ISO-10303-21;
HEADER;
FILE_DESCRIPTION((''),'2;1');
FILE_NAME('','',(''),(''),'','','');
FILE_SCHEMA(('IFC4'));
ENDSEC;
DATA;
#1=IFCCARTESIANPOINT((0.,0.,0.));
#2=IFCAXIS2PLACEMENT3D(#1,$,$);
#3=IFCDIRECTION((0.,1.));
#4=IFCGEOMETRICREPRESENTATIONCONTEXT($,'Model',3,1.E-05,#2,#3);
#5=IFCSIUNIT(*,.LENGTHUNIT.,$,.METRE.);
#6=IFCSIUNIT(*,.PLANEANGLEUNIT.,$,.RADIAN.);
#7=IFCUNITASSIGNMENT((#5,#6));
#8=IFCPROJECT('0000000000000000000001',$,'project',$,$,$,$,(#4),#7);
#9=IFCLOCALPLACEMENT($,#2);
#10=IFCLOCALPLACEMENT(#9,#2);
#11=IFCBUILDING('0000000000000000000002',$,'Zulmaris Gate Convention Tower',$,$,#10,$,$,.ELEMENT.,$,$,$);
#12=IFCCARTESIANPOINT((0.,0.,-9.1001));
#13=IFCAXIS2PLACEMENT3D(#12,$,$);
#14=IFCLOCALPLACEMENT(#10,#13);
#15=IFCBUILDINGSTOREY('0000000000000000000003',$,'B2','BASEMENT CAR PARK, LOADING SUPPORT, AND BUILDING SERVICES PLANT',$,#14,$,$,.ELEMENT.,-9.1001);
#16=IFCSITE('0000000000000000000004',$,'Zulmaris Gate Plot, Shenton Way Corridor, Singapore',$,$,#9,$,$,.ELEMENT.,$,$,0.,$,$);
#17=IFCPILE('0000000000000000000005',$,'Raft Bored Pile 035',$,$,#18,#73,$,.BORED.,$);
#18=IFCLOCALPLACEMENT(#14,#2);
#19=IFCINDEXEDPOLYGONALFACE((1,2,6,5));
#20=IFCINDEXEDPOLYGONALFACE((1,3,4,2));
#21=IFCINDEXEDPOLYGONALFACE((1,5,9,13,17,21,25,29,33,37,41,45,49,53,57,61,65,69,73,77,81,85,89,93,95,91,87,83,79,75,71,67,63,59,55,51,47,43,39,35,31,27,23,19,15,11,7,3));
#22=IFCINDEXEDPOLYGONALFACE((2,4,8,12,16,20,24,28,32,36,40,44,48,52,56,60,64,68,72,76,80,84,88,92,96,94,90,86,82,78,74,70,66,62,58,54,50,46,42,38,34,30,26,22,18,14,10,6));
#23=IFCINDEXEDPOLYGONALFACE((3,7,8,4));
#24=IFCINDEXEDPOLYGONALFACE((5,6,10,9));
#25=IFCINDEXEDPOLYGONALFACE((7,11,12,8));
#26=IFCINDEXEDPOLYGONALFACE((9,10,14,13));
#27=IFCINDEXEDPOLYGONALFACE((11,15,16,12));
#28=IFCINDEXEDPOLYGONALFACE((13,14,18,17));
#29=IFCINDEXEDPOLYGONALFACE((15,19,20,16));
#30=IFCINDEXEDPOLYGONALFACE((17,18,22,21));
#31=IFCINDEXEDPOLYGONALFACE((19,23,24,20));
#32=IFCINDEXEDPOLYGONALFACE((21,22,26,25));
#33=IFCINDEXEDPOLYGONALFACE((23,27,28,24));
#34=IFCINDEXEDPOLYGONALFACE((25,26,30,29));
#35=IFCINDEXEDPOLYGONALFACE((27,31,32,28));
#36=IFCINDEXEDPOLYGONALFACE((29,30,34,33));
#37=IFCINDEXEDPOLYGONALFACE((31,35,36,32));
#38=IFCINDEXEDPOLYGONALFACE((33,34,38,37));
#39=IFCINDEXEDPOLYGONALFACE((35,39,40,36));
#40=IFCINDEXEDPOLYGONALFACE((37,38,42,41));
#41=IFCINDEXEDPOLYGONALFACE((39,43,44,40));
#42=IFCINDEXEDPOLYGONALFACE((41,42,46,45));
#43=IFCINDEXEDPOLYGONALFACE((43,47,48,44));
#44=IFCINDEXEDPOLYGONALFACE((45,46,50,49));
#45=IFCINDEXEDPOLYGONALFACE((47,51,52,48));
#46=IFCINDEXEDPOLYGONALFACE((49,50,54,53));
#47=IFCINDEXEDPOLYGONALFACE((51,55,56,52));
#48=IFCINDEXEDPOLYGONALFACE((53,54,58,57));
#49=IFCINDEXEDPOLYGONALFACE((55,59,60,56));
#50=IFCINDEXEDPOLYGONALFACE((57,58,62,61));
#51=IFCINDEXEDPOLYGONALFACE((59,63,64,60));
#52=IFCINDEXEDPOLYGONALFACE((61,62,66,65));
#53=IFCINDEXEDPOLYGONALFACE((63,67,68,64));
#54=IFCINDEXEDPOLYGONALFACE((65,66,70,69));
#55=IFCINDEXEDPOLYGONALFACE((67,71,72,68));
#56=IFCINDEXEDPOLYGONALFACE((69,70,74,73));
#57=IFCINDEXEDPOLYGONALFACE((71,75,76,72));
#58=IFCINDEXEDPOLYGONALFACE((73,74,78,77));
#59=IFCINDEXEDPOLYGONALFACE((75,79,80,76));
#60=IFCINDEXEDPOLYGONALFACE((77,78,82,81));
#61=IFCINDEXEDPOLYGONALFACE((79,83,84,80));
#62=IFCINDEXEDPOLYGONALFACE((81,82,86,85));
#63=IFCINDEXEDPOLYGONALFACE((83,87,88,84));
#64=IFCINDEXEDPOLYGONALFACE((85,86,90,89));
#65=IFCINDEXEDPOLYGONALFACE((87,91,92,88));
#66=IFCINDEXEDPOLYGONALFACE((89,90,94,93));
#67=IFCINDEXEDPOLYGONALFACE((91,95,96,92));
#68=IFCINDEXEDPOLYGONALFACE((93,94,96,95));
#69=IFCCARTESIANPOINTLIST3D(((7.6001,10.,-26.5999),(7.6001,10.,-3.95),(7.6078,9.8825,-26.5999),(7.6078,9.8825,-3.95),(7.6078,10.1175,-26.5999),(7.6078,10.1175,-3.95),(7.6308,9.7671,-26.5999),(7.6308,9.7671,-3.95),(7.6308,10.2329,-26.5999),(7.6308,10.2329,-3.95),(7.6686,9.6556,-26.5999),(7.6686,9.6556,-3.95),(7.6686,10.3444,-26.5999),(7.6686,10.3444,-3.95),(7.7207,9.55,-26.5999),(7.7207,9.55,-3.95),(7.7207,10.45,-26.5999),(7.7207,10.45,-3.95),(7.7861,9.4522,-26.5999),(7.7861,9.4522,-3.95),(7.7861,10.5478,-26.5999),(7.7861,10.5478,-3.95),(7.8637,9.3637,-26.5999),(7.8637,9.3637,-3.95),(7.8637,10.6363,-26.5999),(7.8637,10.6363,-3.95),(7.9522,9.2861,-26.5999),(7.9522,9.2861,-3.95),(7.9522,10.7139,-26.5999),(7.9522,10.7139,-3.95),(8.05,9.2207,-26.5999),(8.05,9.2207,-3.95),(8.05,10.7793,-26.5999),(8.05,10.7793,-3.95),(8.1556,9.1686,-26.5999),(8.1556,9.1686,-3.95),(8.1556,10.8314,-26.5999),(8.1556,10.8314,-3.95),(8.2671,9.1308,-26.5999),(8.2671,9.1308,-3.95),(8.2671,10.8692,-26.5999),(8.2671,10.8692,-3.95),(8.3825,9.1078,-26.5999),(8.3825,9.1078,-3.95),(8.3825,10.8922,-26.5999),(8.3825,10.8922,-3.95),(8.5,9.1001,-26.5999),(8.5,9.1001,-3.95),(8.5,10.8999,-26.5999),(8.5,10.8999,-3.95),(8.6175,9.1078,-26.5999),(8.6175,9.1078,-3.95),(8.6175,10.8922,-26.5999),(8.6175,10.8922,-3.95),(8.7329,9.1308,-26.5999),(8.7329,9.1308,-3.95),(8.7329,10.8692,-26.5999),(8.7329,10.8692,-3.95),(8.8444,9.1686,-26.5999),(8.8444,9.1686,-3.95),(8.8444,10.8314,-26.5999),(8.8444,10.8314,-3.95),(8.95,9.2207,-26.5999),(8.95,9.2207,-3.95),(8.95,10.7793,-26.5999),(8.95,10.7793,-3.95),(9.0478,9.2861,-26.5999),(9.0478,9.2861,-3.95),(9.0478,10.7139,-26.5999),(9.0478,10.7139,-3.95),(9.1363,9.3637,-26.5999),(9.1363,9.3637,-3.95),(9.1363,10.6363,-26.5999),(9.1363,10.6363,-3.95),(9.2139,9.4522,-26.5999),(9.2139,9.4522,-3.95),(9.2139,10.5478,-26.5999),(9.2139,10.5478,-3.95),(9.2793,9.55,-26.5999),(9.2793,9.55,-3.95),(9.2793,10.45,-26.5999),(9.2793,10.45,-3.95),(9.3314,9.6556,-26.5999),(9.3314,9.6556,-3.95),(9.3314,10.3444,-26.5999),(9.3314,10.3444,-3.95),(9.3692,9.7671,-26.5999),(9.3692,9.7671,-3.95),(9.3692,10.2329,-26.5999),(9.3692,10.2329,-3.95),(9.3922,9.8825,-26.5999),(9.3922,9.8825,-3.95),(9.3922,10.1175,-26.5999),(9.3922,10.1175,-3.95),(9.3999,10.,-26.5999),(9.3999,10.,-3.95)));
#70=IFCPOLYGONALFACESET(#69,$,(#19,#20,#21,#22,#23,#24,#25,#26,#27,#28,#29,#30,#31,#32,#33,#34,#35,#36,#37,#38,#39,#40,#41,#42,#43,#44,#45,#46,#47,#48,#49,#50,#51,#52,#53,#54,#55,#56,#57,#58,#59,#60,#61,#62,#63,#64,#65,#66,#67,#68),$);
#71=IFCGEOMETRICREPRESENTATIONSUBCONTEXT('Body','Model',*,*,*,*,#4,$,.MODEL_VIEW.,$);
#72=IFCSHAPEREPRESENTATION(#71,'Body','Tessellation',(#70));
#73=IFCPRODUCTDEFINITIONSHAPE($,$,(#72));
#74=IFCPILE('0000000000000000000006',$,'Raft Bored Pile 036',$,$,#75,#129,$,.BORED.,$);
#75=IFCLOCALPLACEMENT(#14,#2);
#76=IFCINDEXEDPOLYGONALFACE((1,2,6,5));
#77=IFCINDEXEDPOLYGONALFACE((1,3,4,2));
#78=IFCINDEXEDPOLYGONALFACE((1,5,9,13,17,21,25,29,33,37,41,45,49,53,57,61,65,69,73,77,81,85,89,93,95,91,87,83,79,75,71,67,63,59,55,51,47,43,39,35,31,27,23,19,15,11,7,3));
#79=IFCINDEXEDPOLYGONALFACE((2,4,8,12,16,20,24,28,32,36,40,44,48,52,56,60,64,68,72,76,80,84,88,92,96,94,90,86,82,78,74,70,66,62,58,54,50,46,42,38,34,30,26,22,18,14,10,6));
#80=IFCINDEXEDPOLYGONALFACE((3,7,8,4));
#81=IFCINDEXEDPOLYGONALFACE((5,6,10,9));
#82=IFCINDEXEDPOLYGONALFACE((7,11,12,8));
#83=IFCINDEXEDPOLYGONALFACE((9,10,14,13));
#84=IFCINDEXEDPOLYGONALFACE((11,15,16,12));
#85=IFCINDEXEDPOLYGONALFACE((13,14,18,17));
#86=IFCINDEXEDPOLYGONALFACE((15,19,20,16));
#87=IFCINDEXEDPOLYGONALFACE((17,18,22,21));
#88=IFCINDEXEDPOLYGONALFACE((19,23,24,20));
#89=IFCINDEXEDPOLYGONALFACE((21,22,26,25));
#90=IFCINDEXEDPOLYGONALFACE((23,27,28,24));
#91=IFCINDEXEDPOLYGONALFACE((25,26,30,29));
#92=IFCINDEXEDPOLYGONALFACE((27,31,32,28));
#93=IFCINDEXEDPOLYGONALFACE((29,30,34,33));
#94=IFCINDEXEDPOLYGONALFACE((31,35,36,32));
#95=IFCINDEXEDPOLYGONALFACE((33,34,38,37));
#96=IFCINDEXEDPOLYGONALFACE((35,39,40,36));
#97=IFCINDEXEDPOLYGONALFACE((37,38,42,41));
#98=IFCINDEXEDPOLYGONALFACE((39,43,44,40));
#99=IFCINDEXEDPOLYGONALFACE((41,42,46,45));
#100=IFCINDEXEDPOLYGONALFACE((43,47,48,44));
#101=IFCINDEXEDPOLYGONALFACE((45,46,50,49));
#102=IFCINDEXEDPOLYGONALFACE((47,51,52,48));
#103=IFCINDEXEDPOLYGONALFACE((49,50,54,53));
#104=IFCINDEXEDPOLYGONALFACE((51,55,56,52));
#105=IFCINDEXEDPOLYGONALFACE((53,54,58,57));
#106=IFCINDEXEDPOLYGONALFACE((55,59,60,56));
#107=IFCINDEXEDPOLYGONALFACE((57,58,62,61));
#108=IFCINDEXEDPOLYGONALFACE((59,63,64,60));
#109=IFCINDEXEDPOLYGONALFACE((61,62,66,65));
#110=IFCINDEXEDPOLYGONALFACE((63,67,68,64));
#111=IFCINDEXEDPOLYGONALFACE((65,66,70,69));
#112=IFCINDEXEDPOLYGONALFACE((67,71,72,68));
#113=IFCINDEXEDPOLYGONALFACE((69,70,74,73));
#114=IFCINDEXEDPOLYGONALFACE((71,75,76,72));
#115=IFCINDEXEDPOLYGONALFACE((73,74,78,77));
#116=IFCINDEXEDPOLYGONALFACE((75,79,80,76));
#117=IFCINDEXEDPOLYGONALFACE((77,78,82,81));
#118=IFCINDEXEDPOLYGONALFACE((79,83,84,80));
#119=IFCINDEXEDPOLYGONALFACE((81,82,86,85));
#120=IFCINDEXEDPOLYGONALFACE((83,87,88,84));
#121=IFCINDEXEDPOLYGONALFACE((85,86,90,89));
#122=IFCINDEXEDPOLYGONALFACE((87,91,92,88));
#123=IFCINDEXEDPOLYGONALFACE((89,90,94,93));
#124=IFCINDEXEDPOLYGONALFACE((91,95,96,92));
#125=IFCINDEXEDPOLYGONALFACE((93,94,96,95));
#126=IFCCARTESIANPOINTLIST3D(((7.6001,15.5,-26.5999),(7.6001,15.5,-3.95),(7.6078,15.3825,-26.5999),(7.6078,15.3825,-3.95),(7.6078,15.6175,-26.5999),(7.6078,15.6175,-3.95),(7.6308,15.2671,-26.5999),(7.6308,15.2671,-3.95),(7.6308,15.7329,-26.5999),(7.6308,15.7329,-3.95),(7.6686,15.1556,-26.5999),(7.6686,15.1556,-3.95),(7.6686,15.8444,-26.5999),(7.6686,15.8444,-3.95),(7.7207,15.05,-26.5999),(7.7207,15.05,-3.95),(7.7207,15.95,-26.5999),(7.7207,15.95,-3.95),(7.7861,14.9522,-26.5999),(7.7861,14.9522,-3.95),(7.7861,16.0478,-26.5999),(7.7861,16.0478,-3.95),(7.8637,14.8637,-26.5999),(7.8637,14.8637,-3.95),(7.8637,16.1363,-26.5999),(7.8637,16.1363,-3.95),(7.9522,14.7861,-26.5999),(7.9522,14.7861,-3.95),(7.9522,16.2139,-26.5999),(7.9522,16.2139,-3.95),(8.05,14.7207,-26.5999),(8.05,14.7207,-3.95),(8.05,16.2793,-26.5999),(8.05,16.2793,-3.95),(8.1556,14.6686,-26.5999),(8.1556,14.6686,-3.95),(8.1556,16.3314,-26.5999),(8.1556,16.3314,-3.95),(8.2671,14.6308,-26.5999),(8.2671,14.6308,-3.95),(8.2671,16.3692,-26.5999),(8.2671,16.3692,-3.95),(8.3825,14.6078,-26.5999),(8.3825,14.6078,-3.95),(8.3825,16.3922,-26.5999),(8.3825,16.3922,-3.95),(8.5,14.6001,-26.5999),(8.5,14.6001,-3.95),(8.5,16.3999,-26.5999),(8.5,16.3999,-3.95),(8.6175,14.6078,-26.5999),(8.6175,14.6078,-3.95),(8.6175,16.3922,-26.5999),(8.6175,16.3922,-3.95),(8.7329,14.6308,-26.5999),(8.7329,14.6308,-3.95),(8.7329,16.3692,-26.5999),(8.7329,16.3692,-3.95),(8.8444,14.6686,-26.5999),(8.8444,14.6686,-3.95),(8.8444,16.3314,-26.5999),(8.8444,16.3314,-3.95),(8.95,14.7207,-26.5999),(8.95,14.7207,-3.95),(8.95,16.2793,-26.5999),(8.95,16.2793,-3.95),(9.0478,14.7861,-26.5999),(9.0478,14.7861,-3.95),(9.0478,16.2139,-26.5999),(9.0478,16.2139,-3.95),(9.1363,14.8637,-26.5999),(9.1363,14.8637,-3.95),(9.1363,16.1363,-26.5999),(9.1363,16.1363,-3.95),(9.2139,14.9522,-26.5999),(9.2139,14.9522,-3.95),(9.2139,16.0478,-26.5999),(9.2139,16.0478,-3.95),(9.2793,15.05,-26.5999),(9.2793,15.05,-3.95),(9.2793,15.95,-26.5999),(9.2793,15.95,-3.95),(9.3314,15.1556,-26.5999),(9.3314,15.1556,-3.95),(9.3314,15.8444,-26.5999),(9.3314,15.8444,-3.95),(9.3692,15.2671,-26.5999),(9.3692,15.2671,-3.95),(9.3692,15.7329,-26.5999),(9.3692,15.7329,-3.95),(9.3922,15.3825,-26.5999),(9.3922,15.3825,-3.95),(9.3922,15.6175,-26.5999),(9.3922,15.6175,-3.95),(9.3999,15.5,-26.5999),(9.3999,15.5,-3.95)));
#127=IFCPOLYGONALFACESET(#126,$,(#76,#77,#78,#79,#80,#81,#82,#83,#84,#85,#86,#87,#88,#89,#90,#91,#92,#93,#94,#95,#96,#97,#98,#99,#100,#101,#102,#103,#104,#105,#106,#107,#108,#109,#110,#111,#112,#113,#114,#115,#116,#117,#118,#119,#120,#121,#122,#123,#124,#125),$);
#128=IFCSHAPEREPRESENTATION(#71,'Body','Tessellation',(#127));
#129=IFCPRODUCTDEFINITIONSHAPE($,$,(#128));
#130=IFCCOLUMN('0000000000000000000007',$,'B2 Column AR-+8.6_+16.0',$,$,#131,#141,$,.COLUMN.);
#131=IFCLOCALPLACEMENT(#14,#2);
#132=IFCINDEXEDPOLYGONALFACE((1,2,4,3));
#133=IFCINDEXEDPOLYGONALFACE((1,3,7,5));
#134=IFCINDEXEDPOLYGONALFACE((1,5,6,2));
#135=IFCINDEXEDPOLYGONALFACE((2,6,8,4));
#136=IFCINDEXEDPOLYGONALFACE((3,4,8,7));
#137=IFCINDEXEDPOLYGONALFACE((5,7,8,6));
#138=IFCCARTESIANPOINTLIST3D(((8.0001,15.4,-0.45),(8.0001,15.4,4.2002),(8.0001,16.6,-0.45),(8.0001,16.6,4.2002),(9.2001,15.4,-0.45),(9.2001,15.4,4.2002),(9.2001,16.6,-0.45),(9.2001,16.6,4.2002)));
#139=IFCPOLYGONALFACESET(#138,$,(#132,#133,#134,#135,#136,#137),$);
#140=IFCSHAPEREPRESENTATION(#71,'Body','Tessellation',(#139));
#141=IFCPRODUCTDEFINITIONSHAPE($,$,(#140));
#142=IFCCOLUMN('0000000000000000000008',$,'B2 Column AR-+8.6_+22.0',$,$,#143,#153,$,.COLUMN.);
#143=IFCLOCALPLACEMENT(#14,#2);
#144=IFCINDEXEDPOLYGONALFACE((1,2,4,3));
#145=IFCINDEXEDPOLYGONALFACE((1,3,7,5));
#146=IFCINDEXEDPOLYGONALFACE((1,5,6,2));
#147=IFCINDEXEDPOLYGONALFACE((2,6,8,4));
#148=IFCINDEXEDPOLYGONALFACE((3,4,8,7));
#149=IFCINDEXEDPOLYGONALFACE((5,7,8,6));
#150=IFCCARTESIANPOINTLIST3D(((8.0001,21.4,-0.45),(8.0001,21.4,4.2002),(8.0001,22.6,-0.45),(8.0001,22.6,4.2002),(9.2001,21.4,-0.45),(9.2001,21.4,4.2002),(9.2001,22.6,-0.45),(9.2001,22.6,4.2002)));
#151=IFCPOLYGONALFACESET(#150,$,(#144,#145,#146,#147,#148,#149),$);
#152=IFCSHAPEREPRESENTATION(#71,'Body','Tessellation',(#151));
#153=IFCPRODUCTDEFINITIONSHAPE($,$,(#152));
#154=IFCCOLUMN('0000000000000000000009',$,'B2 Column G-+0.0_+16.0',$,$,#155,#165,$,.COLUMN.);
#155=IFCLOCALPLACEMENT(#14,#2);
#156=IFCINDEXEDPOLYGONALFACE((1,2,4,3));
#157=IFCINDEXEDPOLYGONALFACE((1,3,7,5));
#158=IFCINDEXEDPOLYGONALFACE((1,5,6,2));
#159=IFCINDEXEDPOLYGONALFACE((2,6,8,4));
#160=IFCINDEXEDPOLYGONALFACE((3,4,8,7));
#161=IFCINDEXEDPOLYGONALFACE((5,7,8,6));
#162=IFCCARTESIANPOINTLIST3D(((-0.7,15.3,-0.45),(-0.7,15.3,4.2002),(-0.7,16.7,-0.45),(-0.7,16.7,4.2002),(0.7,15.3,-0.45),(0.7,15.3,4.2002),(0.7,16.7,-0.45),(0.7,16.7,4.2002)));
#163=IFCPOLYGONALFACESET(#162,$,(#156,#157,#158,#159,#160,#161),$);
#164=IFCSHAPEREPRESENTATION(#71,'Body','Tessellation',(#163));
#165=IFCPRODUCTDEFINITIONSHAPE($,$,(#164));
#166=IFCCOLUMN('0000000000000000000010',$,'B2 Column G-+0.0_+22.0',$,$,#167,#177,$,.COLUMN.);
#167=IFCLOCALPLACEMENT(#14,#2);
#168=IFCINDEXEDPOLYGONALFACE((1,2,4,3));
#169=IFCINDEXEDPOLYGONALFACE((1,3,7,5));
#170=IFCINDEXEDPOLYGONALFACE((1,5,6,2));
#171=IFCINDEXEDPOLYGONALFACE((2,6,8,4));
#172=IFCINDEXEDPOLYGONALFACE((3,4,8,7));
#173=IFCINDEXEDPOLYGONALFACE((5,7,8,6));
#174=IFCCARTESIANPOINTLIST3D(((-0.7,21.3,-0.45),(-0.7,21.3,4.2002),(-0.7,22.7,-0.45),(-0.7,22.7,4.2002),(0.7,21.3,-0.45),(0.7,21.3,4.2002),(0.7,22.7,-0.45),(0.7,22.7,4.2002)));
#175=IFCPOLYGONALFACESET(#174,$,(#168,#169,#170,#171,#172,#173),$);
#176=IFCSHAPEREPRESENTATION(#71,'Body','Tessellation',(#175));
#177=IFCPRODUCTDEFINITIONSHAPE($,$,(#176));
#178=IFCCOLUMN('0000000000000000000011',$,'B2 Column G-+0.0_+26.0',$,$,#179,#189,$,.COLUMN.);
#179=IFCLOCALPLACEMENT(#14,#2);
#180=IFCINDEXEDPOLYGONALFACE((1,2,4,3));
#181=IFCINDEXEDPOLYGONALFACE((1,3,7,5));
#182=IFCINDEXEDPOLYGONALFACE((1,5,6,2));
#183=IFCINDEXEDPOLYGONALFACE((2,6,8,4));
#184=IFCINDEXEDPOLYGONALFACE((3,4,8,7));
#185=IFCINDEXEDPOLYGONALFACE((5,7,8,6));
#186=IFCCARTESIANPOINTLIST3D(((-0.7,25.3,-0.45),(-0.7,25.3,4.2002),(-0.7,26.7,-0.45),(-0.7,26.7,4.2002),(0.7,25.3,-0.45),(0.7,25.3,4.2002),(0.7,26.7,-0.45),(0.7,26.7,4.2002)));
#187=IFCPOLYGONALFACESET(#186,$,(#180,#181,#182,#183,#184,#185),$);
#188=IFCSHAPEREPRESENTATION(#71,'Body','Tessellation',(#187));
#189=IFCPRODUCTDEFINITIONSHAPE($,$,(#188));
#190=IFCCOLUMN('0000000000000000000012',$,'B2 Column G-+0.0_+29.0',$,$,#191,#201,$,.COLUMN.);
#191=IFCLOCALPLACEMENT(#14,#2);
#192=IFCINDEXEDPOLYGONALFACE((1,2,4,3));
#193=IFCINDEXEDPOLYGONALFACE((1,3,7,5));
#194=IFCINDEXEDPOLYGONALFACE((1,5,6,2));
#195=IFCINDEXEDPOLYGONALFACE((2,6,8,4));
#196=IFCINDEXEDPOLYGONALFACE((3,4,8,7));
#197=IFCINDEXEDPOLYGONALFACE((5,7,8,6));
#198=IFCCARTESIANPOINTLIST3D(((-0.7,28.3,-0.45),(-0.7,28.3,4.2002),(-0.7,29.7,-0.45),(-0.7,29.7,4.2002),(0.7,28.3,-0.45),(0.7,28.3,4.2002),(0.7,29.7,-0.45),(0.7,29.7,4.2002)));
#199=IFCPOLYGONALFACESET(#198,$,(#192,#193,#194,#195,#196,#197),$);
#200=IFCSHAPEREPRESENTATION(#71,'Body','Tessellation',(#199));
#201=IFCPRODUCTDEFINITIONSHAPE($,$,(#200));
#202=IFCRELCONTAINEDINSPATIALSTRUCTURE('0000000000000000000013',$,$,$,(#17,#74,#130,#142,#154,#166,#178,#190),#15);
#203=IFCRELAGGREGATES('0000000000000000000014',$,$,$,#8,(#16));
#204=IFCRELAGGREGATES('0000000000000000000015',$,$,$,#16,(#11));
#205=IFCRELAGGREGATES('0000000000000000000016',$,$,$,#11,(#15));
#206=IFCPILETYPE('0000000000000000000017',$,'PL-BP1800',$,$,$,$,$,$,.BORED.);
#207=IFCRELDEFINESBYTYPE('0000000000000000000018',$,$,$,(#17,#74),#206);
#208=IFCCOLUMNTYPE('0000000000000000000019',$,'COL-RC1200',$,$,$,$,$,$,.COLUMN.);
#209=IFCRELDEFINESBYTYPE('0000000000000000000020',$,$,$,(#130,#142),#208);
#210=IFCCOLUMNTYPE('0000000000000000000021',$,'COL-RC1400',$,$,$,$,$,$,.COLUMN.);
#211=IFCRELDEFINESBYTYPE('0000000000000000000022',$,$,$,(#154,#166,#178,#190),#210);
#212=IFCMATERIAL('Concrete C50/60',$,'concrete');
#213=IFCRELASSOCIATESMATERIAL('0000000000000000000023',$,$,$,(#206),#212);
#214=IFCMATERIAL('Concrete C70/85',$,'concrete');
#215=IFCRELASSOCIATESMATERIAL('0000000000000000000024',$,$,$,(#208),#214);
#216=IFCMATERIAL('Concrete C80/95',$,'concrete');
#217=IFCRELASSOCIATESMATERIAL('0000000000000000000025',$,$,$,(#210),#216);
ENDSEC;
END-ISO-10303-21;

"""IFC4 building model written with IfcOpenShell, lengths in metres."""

from ifc_helpers import new_model, si_unit, direction, frame, origin, origin_2d, place, context, subcontext, project, spatial, rectangle, circle, extrude, material, material_profile, profile_set, type_object, element, save


model = new_model("IFC4")

# Units and contexts
model_context = context("Model", 3, precision=1e-05, world=origin(), true_north=direction((0.0, 1.0)))
body_context = subcontext(model_context, "Body", "Model", "MODEL_VIEW")
ifc_project = project(units=[si_unit("LENGTHUNIT", "METRE"), si_unit("PLANEANGLEUNIT", "RADIAN")], contexts=[model_context])

# Site, building, storey
site_placement = place(None, origin())
site = spatial("IfcSite", under=ifc_project, at=site_placement, Name="Zulmaris Gate Plot, Shenton Way Corridor, Singapore", CompositionType="ELEMENT", RefElevation=0.0)
building_placement = place(site_placement, origin())
building = spatial("IfcBuilding", under=site, at=building_placement, Name="Zulmaris Gate Convention Tower", CompositionType="ELEMENT")
storey_placement = place(building_placement, frame((0.0, 0.0, -9.1001)))
storey = spatial("IfcBuildingStorey", under=building, at=storey_placement, Name="B2", Description="BASEMENT CAR PARK, LOADING SUPPORT, AND BUILDING SERVICES PLANT", CompositionType="ELEMENT", Elevation=-9.1001)

# Shared definitions
ifc_material_1 = material(Name="Concrete C50/60", Category="concrete")

# Piles
ifc_material_profile_1 = material_profile(ifc_material_1, circle(Radius=0.8999, at=origin_2d()), Name="BORED PILE 1800")
ifc_profile_set_1 = profile_set([ifc_material_profile_1], Name="Concrete C50/60")
pile_type_1 = type_object("IfcPileType", Name="PL-BP1800", PredefinedType="BORED", material=ifc_profile_set_1)
for number, where, z_axis, x_axis, name in (
    (1, (8.5, 10.0, -3.95), (0.0, 0.0, -1.0), (1.0, 0.0, 0.0), "Raft Bored Pile 035"),
    (2, (8.5, 15.5, -3.95), (0.0, 0.0, -1.0), (1.0, 0.0, 0.0), "Raft Bored Pile 036"),
):
    element("IfcPile", number, at=place(storey_placement, frame(where, z_axis=z_axis, x_axis=x_axis)), inside=storey, type_object=pile_type_1, Name=name, PredefinedType="BORED", context=body_context, shape_type="SweptSolid", body=[
        extrude(circle(Radius=0.8999, at=origin_2d()), origin(), (0.0, 0.0, 1.0), 22.6499),
    ])

# Columns
ifc_material_2 = material(Name="Concrete C70/85", Category="concrete")
ifc_material_profile_2 = material_profile(ifc_material_2, rectangle(XDim=1.2, YDim=1.2, at=origin_2d()), Name="RC COL 1200x1200")
ifc_profile_set_2 = profile_set([ifc_material_profile_2], Name="Concrete C70/85")
column_type_1 = type_object("IfcColumnType", Name="COL-RC1200", PredefinedType="COLUMN", material=ifc_profile_set_2)
for number, where, z_axis, x_axis, name in (
    (3, (8.6001, 16.0, -0.45), (0.0, 0.0, 1.0), (1.0, 0.0, 0.0), "B2 Column AR-+8.6_+16.0"),
    (4, (8.6001, 22.0, -0.45), (0.0, 0.0, 1.0), (1.0, 0.0, 0.0), "B2 Column AR-+8.6_+22.0"),
):
    element("IfcColumn", number, at=place(storey_placement, frame(where, z_axis=z_axis, x_axis=x_axis)), inside=storey, type_object=column_type_1, Name=name, PredefinedType="COLUMN", context=body_context, shape_type="SweptSolid", body=[
        extrude(rectangle(XDim=1.2, YDim=1.2, at=origin_2d()), origin(), (0.0, 0.0, 1.0), 4.6501),
    ])
ifc_material_3 = material(Name="Concrete C80/95", Category="concrete")
ifc_material_profile_3 = material_profile(ifc_material_3, rectangle(XDim=1.3999, YDim=1.3999, at=origin_2d()), Name="RC COL 1400x1400")
ifc_profile_set_3 = profile_set([ifc_material_profile_3], Name="Concrete C80/95")
column_type_2 = type_object("IfcColumnType", Name="COL-RC1400", PredefinedType="COLUMN", material=ifc_profile_set_3)
for number, where, z_axis, x_axis, name in (
    (5, (0.0, 16.0, -0.45), (0.0, 0.0, 1.0), (1.0, 0.0, 0.0), "B2 Column G-+0.0_+16.0"),
    (6, (0.0, 22.0, -0.45), (0.0, 0.0, 1.0), (1.0, 0.0, 0.0), "B2 Column G-+0.0_+22.0"),
    (7, (0.0, 26.0, -0.45), (0.0, 0.0, 1.0), (1.0, 0.0, 0.0), "B2 Column G-+0.0_+26.0"),
    (8, (0.0, 29.0, -0.45), (0.0, 0.0, 1.0), (1.0, 0.0, 0.0), "B2 Column G-+0.0_+29.0"),
):
    element("IfcColumn", number, at=place(storey_placement, frame(where, z_axis=z_axis, x_axis=x_axis)), inside=storey, type_object=column_type_2, Name=name, PredefinedType="COLUMN", context=body_context, shape_type="SweptSolid", body=[
        extrude(rectangle(XDim=1.3999, YDim=1.3999, at=origin_2d()), origin(), (0.0, 0.0, 1.0), 4.6501),
    ])

save(model, "model.ifc")
